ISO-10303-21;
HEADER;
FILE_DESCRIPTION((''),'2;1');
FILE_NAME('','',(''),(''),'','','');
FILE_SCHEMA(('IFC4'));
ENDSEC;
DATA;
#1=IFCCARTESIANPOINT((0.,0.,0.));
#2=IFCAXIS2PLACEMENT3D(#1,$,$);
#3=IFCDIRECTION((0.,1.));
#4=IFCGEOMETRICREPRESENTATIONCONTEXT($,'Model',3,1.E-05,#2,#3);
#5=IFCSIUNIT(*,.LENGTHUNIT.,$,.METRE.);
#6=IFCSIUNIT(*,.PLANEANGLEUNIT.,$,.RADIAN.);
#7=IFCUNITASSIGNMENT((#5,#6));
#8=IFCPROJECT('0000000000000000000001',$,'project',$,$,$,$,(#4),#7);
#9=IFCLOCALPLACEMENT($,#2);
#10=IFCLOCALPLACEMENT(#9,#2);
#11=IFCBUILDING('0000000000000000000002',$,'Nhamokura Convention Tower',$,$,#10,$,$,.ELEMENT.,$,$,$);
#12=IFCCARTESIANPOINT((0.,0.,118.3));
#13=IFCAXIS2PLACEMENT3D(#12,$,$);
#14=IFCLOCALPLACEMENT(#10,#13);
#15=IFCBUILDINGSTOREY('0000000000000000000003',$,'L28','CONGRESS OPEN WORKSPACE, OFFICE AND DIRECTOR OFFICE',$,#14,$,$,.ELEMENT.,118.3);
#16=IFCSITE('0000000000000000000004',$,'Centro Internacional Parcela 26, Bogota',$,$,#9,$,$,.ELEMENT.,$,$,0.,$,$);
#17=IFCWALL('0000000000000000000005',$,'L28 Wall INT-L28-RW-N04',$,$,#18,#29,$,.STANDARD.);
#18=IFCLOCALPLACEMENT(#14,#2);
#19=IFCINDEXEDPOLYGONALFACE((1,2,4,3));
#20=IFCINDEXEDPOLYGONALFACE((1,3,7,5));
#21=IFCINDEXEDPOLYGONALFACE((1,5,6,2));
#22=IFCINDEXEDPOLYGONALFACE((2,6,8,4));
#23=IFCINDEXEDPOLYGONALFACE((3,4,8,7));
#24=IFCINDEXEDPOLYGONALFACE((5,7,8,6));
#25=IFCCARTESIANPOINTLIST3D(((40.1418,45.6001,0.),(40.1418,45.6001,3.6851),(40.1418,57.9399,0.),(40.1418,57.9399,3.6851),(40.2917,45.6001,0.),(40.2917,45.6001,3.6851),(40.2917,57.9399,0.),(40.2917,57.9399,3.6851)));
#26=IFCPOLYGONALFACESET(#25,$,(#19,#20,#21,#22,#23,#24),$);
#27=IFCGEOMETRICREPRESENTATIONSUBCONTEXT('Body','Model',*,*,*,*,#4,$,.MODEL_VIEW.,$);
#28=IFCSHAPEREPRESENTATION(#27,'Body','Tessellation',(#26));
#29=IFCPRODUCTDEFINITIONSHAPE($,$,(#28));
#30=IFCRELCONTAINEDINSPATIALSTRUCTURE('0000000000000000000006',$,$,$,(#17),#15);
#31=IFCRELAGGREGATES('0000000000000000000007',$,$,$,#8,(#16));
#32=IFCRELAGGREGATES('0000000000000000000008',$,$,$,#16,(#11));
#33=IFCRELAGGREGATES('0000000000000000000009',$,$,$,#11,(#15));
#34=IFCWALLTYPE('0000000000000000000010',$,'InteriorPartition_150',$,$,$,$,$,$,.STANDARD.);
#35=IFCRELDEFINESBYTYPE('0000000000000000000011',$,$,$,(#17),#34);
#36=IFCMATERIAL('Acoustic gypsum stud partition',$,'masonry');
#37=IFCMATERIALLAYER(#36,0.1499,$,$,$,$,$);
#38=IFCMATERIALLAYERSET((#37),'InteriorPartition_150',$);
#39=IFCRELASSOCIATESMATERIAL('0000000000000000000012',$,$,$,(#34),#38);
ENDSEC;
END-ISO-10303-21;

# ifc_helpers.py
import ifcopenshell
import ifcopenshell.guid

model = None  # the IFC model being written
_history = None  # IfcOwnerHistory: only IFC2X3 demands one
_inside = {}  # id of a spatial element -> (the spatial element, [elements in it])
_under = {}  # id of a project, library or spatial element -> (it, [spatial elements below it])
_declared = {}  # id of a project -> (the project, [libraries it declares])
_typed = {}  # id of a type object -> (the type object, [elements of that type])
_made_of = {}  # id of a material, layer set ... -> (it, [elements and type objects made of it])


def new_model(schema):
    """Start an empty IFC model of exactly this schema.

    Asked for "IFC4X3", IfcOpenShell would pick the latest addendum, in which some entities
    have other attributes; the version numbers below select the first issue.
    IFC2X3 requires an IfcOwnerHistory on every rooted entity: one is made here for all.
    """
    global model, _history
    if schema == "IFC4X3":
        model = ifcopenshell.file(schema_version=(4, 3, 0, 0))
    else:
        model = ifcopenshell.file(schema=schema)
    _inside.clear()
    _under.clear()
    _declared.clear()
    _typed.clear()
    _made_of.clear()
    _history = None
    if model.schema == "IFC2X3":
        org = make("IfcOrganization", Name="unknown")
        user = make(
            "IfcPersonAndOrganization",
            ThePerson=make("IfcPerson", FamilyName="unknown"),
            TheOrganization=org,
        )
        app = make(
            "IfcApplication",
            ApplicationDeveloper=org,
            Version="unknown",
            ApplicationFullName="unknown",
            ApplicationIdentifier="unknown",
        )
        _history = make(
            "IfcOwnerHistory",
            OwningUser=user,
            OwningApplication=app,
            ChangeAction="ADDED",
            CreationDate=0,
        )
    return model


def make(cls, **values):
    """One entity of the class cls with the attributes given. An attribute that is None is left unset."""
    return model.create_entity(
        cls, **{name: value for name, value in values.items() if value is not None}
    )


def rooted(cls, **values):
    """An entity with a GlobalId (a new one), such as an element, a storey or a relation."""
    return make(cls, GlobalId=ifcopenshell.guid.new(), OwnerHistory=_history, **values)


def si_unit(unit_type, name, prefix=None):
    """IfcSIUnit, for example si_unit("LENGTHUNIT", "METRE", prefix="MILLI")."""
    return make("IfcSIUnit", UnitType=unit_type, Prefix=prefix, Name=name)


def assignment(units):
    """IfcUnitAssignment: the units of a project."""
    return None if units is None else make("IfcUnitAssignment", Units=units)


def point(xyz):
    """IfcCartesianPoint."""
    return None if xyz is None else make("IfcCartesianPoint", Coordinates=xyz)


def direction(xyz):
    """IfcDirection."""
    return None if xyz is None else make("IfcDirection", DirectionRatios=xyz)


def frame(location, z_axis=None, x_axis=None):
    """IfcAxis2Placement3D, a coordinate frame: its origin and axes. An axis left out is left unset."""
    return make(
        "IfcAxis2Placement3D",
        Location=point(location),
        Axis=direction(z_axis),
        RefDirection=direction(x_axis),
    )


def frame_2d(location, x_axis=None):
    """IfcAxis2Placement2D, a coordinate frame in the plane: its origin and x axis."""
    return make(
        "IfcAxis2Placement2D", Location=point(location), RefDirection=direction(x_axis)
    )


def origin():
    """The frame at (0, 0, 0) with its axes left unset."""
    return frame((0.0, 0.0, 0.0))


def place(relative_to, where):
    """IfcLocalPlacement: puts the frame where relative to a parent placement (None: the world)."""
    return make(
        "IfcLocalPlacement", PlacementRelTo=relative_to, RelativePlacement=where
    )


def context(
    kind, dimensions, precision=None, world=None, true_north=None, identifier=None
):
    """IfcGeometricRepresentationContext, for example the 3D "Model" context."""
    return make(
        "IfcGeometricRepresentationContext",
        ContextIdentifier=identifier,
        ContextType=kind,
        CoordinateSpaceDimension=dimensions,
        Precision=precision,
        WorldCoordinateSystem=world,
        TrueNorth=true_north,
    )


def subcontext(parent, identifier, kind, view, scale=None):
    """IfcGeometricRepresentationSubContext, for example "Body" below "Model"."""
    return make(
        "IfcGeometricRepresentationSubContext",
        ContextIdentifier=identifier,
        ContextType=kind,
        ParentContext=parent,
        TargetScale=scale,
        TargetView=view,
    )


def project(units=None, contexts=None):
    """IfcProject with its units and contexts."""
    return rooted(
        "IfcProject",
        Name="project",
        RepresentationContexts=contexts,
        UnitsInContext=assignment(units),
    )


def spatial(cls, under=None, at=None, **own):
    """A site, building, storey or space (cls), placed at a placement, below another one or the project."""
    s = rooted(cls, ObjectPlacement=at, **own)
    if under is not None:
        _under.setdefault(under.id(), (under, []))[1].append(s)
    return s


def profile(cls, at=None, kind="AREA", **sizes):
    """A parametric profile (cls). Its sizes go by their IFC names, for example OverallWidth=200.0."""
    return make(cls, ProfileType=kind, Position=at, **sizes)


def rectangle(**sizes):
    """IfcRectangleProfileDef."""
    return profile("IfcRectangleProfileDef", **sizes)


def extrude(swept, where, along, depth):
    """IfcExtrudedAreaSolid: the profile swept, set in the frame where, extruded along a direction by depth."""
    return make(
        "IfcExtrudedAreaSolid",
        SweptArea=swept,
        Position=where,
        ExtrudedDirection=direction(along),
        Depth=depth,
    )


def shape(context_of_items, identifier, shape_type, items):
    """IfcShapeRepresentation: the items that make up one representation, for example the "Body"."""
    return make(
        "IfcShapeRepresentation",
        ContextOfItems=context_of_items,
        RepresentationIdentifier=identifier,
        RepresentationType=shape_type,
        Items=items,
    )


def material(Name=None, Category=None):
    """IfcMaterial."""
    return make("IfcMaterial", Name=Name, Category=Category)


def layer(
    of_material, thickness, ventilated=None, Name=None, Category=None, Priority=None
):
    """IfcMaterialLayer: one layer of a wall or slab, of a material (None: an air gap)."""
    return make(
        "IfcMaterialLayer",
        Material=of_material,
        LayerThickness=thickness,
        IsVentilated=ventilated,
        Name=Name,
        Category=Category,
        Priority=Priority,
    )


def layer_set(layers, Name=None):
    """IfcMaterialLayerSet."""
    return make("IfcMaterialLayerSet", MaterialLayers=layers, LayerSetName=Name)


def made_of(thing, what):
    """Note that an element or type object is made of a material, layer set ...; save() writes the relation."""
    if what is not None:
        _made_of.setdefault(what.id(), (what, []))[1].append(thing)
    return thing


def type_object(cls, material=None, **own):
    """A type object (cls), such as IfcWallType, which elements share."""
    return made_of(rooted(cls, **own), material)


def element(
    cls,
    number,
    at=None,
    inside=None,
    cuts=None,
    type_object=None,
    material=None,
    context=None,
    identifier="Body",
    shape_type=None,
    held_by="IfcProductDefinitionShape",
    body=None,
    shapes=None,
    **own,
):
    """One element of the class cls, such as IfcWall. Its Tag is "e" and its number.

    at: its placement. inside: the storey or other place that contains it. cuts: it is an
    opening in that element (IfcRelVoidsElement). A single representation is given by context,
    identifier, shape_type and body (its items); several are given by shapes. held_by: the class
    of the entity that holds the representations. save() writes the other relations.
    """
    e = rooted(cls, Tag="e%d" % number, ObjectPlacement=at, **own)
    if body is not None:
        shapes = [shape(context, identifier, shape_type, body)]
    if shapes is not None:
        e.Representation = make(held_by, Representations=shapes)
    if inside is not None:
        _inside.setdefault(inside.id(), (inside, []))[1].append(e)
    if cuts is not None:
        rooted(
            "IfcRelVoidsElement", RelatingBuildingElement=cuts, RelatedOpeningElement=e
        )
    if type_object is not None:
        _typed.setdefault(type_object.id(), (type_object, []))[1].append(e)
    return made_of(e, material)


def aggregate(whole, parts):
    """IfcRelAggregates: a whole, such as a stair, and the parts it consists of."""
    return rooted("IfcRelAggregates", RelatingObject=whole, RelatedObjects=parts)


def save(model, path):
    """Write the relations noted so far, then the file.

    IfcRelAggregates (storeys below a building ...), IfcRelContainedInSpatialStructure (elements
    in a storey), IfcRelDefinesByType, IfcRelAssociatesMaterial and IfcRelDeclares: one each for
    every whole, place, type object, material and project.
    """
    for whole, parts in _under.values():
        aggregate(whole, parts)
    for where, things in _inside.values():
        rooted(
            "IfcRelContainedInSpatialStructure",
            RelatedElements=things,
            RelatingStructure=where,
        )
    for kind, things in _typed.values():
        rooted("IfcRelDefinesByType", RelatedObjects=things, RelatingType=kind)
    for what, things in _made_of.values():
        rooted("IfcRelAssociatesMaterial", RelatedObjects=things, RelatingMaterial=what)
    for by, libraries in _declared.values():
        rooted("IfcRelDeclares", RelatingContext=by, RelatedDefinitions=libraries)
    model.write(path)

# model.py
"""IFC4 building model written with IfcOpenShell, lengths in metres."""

from ifc_helpers import new_model, si_unit, direction, frame, frame_2d, origin, place, context, subcontext, project, spatial, rectangle, extrude, material, layer, layer_set, type_object, element, save


model = new_model("IFC4")

# Units and contexts
model_context = context("Model", 3, precision=1e-05, world=origin(), true_north=direction((0.0, 1.0)))
body_context = subcontext(model_context, "Body", "Model", "MODEL_VIEW")
ifc_project = project(units=[si_unit("LENGTHUNIT", "METRE"), si_unit("PLANEANGLEUNIT", "RADIAN")], contexts=[model_context])

# Site, building, storey
site_placement = place(None, origin())
site = spatial("IfcSite", under=ifc_project, at=site_placement, Name="Centro Internacional Parcela 26, Bogota", CompositionType="ELEMENT", RefElevation=0.0)
building_placement = place(site_placement, origin())
building = spatial("IfcBuilding", under=site, at=building_placement, Name="Nhamokura Convention Tower", CompositionType="ELEMENT")
storey_placement = place(building_placement, frame((0.0, 0.0, 118.3)))
storey = spatial("IfcBuildingStorey", under=building, at=storey_placement, Name="L28", Description="CONGRESS OPEN WORKSPACE, OFFICE AND DIRECTOR OFFICE", CompositionType="ELEMENT", Elevation=118.3)

# Wall
ifc_material_1 = material(Name="Acoustic gypsum stud partition", Category="masonry")
ifc_layer_1 = layer(ifc_material_1, 0.1499)
ifc_layer_set_1 = layer_set([ifc_layer_1], Name="InteriorPartition_150")
wall_type_1 = type_object("IfcWallType", Name="InteriorPartition_150", PredefinedType="STANDARD", material=ifc_layer_set_1)
for number, where, z_axis, x_axis, name in (
    (1, (40.2168, 45.6001, 0.0), (0.0, 0.0, 1.0), (0.0, 1.0, 0.0), "L28 Wall INT-L28-RW-N04"),
):
    element("IfcWall", number, at=place(storey_placement, frame(where, z_axis=z_axis, x_axis=x_axis)), inside=storey, type_object=wall_type_1, Name=name, PredefinedType="STANDARD", context=body_context, shape_type="SweptSolid", body=[
        extrude(rectangle(XDim=12.3398, YDim=0.1499, at=frame_2d((6.1699, 0.0))), origin(), (0.0, 0.0, 1.0), 3.6851),
    ])

save(model, "model.ifc")
